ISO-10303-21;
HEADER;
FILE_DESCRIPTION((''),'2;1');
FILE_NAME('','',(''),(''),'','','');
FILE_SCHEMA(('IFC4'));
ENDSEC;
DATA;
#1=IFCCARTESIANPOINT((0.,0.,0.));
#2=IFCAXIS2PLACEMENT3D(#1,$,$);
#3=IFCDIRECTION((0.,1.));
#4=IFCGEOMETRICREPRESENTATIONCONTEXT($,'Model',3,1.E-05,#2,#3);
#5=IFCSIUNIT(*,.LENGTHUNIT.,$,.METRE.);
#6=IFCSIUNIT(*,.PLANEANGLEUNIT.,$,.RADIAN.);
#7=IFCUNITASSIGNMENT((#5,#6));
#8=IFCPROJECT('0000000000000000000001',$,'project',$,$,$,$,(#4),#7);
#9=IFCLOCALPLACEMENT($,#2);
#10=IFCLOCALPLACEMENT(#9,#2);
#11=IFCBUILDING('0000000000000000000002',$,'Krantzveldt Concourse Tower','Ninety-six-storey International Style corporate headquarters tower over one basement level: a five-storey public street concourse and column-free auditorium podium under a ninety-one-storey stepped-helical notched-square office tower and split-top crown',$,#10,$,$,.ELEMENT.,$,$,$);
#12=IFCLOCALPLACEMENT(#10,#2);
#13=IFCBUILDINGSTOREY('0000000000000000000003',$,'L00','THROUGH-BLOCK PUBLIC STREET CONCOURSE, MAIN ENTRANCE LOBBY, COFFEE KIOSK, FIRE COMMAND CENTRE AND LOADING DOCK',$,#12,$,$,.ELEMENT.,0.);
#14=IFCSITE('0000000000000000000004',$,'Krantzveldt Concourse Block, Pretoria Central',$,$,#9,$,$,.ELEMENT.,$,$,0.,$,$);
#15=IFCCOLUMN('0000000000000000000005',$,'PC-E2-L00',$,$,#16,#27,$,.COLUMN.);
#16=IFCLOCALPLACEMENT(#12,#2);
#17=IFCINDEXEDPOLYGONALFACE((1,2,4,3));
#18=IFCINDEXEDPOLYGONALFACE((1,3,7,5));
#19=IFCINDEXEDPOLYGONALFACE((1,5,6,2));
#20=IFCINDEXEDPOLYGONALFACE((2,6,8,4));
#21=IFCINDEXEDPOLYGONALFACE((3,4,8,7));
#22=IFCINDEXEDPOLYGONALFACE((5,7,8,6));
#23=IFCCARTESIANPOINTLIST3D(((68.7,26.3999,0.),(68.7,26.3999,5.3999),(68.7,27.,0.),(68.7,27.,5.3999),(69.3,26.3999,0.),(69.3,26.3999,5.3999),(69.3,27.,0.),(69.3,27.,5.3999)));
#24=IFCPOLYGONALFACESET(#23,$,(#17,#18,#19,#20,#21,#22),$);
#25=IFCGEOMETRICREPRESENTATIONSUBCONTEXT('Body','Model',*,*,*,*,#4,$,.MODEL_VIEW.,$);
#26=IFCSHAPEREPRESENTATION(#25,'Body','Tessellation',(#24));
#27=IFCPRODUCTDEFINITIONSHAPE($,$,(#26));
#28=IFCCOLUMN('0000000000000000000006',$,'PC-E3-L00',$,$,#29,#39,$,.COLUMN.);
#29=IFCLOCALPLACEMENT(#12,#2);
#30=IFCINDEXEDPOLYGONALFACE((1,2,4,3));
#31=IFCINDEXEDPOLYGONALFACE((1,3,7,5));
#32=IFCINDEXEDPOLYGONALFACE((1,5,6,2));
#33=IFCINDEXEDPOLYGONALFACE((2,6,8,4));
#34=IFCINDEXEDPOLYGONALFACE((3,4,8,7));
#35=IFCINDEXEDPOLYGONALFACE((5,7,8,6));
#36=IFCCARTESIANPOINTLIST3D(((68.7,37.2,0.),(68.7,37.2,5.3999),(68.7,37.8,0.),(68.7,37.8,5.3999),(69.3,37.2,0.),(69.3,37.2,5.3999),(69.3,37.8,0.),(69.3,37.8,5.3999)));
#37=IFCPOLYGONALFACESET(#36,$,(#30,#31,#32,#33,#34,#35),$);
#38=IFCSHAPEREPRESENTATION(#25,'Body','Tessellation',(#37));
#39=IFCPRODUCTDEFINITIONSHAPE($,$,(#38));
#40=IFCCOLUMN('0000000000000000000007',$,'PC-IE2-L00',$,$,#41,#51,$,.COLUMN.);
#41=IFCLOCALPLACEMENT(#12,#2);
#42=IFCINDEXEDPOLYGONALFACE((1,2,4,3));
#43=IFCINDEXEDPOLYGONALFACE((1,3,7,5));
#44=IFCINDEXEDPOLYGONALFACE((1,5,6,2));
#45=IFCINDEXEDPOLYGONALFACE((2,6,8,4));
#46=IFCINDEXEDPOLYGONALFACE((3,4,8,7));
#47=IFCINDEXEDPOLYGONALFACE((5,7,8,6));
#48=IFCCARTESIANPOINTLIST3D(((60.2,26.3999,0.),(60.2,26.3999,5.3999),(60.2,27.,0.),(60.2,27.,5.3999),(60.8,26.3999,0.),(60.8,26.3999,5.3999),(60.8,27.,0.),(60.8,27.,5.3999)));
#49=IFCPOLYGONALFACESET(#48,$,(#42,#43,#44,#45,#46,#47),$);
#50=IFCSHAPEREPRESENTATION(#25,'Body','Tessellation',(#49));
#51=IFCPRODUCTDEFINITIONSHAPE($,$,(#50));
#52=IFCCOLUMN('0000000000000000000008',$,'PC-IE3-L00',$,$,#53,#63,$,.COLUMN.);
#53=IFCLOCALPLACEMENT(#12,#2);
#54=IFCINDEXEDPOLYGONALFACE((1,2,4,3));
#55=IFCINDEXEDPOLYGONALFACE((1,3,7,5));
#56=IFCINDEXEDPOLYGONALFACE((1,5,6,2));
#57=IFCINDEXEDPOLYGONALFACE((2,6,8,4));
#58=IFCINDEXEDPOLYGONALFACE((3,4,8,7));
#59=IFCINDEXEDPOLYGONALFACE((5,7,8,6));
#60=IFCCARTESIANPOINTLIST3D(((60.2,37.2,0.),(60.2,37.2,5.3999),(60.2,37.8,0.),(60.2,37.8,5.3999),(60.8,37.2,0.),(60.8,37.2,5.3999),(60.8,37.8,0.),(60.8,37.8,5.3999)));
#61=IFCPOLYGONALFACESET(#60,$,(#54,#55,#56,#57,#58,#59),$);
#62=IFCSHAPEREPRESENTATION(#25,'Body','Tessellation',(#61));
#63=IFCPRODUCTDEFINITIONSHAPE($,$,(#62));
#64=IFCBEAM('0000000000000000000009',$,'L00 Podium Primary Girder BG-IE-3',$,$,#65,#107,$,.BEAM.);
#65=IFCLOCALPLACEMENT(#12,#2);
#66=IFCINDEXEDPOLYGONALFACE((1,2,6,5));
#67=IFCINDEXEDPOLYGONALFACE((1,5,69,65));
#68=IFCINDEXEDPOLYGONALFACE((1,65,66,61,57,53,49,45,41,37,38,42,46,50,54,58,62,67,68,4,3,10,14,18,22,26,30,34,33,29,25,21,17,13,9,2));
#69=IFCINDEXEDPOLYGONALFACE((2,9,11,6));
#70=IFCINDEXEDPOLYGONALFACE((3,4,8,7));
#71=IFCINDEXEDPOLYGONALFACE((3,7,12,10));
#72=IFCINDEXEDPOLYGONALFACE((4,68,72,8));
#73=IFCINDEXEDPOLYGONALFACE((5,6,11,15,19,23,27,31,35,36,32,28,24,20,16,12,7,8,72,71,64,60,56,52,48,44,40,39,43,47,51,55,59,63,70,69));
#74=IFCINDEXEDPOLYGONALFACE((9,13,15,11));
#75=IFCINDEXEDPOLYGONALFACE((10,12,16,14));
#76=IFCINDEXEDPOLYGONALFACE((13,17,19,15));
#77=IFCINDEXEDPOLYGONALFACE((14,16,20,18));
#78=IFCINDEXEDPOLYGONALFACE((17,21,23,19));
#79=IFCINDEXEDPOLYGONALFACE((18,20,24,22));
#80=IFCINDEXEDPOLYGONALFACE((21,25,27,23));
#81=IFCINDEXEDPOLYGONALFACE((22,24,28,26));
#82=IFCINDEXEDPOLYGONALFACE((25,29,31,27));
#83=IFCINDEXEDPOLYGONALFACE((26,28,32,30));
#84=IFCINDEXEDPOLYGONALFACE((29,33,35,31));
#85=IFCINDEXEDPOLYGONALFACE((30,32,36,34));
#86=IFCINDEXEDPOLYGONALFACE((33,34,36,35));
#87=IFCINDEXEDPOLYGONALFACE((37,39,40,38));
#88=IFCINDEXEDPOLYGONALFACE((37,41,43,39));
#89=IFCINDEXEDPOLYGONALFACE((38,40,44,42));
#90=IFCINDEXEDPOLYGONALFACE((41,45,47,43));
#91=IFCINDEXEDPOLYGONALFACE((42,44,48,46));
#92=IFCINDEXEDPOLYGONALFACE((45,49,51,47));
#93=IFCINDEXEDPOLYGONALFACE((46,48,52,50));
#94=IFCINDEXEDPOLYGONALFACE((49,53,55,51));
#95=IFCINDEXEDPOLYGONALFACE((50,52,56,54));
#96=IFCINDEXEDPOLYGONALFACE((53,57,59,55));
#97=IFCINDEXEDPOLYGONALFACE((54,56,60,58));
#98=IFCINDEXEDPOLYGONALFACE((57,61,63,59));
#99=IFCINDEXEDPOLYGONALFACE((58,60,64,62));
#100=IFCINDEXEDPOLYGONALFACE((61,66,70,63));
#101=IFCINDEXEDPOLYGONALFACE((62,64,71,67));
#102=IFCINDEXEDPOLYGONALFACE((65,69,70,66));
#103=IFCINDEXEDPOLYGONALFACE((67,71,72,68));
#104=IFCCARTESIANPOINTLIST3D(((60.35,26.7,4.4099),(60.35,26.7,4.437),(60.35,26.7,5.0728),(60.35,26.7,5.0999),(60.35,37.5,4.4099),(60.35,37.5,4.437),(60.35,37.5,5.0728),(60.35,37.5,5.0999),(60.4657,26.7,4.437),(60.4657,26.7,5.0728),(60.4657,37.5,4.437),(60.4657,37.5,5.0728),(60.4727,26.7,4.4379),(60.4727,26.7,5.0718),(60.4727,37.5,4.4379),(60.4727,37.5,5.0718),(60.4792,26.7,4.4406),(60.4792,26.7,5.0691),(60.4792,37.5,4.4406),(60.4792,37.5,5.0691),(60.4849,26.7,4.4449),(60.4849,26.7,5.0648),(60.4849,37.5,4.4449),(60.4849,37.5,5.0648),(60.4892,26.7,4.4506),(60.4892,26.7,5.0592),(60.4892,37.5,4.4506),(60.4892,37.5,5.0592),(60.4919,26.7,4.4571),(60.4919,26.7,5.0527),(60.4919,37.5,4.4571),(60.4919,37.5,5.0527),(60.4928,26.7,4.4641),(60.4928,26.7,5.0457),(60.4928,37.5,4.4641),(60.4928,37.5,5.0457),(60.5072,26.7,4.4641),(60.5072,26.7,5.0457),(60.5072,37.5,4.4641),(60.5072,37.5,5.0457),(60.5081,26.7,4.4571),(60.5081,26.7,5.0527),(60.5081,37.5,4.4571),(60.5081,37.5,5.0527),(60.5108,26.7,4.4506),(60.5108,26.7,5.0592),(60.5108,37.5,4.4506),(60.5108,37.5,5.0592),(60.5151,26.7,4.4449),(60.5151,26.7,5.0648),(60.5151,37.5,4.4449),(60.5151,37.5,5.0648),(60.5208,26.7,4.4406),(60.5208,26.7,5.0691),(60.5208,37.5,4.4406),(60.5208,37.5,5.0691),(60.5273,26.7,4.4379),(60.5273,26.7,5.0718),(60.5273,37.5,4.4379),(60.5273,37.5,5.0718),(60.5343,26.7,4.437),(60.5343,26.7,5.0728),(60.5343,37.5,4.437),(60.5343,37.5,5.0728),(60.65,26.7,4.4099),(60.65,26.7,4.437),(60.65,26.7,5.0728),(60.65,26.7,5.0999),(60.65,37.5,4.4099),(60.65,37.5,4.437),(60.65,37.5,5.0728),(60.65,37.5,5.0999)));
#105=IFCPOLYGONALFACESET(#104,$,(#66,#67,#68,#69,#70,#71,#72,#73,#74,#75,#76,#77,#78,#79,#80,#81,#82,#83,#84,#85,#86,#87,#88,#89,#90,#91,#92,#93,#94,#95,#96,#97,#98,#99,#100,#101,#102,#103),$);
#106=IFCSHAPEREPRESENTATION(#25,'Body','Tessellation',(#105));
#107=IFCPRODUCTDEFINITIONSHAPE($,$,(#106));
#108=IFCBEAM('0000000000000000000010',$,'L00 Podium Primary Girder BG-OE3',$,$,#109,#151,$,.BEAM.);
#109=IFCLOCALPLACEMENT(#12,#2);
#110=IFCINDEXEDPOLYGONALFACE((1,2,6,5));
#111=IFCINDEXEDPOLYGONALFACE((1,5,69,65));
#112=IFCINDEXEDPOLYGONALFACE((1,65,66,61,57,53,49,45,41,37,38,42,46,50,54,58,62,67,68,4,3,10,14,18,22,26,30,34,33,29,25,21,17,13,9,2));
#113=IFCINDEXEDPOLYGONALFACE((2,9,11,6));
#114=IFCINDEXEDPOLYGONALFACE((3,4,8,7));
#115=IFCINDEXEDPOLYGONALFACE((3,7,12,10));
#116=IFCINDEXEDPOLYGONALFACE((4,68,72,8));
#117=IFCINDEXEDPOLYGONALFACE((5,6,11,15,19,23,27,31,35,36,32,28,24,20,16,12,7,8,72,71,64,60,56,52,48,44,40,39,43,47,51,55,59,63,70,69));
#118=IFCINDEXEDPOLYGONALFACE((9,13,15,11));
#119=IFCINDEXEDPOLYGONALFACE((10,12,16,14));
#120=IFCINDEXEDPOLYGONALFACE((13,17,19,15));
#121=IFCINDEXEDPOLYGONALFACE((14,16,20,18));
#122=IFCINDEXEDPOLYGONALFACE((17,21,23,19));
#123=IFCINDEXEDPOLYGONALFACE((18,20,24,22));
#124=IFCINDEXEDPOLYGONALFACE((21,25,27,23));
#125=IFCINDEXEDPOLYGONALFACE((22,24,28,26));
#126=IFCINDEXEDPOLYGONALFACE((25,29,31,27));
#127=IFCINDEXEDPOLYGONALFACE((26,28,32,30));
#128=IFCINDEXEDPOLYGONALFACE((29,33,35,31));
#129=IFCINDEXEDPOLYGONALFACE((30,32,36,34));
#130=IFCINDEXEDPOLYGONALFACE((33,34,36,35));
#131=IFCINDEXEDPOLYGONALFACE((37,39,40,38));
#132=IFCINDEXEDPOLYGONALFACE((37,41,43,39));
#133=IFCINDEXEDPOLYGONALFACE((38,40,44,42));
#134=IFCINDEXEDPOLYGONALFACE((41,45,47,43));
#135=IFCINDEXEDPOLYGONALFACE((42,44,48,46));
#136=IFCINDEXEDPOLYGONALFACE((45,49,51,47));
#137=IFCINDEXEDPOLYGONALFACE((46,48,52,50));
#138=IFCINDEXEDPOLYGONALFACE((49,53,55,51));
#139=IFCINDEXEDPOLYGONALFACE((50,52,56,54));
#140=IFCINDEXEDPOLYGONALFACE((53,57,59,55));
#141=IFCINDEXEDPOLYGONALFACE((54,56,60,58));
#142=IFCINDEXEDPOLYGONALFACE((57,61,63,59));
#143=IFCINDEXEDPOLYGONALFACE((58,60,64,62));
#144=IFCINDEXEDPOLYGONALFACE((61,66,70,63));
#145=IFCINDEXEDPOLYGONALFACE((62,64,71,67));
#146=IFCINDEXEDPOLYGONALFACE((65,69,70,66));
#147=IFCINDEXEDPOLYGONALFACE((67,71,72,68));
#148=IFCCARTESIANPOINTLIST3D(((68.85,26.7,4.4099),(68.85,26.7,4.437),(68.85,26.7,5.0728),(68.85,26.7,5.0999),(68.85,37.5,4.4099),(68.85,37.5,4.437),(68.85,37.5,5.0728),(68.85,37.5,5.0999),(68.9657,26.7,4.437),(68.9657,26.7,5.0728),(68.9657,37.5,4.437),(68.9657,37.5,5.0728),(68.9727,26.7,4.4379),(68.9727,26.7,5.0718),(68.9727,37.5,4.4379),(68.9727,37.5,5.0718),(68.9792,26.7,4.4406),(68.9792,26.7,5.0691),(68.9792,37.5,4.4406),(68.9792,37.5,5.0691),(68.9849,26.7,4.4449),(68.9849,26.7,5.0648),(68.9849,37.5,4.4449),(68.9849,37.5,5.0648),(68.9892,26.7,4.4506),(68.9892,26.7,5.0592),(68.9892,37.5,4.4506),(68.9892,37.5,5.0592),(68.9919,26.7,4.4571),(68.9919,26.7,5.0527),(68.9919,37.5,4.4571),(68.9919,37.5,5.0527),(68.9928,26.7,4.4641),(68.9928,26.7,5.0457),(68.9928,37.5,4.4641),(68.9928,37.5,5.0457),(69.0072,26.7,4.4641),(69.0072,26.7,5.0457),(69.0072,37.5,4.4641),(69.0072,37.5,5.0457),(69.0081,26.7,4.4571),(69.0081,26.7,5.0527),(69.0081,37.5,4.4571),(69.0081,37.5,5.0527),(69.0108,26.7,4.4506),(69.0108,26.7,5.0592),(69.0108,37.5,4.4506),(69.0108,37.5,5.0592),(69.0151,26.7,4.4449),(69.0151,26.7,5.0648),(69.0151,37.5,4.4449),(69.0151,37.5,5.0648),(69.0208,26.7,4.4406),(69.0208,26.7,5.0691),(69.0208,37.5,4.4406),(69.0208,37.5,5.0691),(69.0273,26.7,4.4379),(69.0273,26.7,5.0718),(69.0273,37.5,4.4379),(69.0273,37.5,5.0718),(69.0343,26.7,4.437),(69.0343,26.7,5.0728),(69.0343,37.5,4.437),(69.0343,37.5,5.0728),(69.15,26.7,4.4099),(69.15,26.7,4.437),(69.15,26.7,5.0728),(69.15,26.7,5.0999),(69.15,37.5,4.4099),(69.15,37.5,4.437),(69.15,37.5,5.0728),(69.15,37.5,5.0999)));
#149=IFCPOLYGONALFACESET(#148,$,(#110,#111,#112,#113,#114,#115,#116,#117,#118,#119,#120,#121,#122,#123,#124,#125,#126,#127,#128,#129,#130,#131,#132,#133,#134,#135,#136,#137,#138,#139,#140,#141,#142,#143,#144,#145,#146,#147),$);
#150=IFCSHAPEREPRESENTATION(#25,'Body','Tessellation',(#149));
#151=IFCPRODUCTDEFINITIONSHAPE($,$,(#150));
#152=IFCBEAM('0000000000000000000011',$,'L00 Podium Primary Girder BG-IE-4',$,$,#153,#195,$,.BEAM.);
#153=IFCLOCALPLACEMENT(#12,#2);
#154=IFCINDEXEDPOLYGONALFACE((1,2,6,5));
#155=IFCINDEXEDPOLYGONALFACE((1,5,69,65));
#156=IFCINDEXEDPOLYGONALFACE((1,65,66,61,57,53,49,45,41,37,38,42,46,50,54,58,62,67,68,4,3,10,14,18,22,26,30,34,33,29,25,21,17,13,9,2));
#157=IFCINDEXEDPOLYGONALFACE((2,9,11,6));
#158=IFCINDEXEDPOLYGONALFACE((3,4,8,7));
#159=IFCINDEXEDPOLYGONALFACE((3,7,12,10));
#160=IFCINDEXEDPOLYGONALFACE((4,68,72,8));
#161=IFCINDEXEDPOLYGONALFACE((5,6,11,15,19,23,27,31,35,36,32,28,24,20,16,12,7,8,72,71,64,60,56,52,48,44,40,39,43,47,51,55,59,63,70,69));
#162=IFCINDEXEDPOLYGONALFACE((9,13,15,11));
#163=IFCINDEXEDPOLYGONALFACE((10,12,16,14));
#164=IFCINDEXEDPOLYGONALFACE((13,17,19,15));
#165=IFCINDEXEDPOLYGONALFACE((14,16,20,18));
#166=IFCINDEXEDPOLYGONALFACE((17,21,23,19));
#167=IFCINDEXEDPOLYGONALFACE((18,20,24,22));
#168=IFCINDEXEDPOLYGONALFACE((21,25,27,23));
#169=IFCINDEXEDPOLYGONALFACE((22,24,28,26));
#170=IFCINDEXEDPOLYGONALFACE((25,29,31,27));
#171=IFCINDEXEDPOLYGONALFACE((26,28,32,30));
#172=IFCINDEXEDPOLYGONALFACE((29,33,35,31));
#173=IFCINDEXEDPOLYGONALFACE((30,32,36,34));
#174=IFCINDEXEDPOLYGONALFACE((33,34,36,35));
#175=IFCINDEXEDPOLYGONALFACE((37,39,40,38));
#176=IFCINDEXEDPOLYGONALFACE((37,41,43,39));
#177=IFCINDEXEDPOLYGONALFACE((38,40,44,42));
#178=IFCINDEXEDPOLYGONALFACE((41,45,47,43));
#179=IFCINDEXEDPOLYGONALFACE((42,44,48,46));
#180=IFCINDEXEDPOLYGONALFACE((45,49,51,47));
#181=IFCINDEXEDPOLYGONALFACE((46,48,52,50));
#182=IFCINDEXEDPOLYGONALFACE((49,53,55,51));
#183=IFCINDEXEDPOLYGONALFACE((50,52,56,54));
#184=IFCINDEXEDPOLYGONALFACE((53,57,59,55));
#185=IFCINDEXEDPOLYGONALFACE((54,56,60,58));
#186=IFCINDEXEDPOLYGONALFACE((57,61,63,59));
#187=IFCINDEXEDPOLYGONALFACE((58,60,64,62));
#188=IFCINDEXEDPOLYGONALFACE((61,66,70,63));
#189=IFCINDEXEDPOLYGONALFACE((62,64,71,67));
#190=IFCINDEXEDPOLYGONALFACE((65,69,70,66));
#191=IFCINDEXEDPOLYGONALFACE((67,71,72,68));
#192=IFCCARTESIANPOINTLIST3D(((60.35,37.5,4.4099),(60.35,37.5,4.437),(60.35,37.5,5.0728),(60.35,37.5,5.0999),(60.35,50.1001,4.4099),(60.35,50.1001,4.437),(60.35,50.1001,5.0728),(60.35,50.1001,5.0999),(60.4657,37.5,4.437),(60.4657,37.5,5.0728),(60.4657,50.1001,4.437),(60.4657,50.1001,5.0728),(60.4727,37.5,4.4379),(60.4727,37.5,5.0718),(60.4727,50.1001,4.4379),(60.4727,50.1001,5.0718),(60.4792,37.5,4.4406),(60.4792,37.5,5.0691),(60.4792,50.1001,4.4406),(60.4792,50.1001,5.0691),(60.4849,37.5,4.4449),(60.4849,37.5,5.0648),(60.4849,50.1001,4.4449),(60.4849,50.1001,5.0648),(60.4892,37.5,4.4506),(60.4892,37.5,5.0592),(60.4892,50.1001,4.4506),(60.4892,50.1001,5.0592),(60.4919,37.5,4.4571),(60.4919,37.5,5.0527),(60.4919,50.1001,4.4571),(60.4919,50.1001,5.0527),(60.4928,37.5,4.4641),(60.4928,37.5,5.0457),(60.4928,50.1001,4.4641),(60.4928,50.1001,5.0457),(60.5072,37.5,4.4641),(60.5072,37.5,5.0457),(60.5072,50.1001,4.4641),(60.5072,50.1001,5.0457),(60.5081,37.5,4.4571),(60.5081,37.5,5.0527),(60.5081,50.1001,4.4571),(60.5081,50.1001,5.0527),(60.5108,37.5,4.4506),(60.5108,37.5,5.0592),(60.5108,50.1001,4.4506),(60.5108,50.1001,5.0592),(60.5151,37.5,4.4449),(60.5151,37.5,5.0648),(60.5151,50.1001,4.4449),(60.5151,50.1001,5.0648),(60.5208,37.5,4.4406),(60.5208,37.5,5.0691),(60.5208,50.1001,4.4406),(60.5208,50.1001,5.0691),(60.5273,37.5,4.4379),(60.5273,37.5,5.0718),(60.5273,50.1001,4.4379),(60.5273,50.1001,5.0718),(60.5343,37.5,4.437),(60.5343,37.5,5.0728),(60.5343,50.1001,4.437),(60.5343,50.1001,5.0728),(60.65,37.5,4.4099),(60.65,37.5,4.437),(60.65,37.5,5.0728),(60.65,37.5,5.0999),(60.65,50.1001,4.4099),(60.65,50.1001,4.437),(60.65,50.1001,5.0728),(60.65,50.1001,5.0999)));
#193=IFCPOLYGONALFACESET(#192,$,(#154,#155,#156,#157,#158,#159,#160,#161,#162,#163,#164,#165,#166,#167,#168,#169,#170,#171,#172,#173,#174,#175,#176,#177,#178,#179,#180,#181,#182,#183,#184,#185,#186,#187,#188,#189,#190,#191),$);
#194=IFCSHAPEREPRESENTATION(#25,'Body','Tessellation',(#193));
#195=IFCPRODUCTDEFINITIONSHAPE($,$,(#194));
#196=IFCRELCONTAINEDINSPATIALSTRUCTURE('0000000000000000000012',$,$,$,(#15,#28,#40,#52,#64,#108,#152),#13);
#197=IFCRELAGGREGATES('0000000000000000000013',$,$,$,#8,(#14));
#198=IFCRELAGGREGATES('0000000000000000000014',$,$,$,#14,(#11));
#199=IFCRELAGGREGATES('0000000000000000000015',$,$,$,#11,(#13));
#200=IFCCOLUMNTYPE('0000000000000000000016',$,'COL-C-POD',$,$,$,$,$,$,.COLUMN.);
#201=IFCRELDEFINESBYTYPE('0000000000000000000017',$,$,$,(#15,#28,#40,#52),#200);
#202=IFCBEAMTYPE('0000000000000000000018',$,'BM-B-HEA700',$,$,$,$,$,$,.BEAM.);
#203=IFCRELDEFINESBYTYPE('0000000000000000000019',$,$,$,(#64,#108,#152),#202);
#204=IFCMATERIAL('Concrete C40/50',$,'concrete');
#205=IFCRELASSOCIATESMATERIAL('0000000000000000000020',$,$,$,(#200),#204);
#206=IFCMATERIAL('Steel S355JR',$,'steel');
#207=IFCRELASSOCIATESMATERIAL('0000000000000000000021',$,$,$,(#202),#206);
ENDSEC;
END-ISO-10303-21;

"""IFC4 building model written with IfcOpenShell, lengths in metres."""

from ifc_helpers import new_model, si_unit, direction, frame, origin, origin_2d, place, context, subcontext, project, spatial, rectangle, i_section, extrude, source, transform, mapped, material, material_profile, profile_set, type_object, type_shapes, element, save


model = new_model("IFC4")

# Units and contexts
model_context = context("Model", 3, precision=1e-05, world=origin(), true_north=direction((0.0, 1.0)))
body_context = subcontext(model_context, "Body", "Model", "MODEL_VIEW")
ifc_project = project(units=[si_unit("LENGTHUNIT", "METRE"), si_unit("PLANEANGLEUNIT", "RADIAN")], contexts=[model_context])

# Site, building, storey
site_placement = place(None, origin())
site = spatial("IfcSite", under=ifc_project, at=site_placement, Name="Krantzveldt Concourse Block, Pretoria Central", CompositionType="ELEMENT", RefElevation=0.0)
building_placement = place(site_placement, origin())
building = spatial("IfcBuilding", under=site, at=building_placement, Name="Krantzveldt Concourse Tower", Description="Ninety-six-storey International Style corporate headquarters tower over one basement level: a five-storey public street concourse and column-free auditorium podium under a ninety-one-storey stepped-helical notched-square office tower and split-top crown", CompositionType="ELEMENT")
storey_placement = place(building_placement, origin())
storey = spatial("IfcBuildingStorey", under=building, at=storey_placement, Name="L00", Description="THROUGH-BLOCK PUBLIC STREET CONCOURSE, MAIN ENTRANCE LOBBY, COFFEE KIOSK, FIRE COMMAND CENTRE AND LOADING DOCK", CompositionType="ELEMENT", Elevation=0.0)

# Columns
ifc_material_1 = material(Name="Concrete C40/50", Category="concrete")
ifc_material_profile_1 = material_profile(ifc_material_1, rectangle(XDim=0.6001, YDim=0.6001, at=origin_2d()), Name="Concrete C40/50", Category="concrete")
ifc_profile_set_1 = profile_set([ifc_material_profile_1], Name="Concrete C40/50 - RC 600x600")
column_type = type_object("IfcColumnType", Name="COL-C-POD", PredefinedType="COLUMN", material=ifc_profile_set_1)
shared_shape_1 = source(origin(), body_context, "Body", "SweptSolid", [
    extrude(rectangle(XDim=0.6001, YDim=0.6001, at=origin_2d()), origin(), (0.0, 0.0, 1.0), 5.3999),
])
type_shapes(column_type, [shared_shape_1])
for number, where, z_axis, x_axis, name in (
    (1, (69.0, 26.7, 0.0), (0.0, 0.0, 1.0), (1.0, 0.0, 0.0), "PC-E2-L00"),
    (2, (69.0, 37.5, 0.0), (0.0, 0.0, 1.0), (1.0, 0.0, 0.0), "PC-E3-L00"),
    (3, (60.5, 26.7, 0.0), (0.0, 0.0, 1.0), (1.0, 0.0, 0.0), "PC-IE2-L00"),
    (4, (60.5, 37.5, 0.0), (0.0, 0.0, 1.0), (1.0, 0.0, 0.0), "PC-IE3-L00"),
):
    element("IfcColumn", number, at=place(storey_placement, frame(where, z_axis=z_axis, x_axis=x_axis)), inside=storey, type_object=column_type, Name=name, PredefinedType="COLUMN", context=body_context, shape_type="MappedRepresentation", body=[
        mapped(shared_shape_1, transform((0.0, 0.0, 0.0), x_axis=(1.0, 0.0, 0.0), y_axis=(0.0, 1.0, 0.0), z_axis=(0.0, 0.0, 1.0), scale=1.0)),
    ])

# Beams
ifc_material_2 = material(Name="Steel S355JR", Category="steel")
ifc_material_profile_2 = material_profile(ifc_material_2, i_section(OverallWidth=0.3, OverallDepth=0.6899, WebThickness=0.0144, FlangeThickness=0.0271, FilletRadius=0.0271, at=origin_2d()), Name="Steel S355JR", Category="steel")
ifc_profile_set_2 = profile_set([ifc_material_profile_2], Name="Steel S355JR - HEA 700")
beam_type_1 = type_object("IfcBeamType", Name="BM-B-HEA700", PredefinedType="BEAM", material=ifc_profile_set_2)
shared_shape_2 = source(origin(), body_context, "Body", "SweptSolid", [
    extrude(i_section(OverallWidth=0.3, OverallDepth=0.6899, WebThickness=0.0144, FlangeThickness=0.0271, FilletRadius=0.0271, at=origin_2d()), origin(), (0.0, 0.0, 1.0), 10.8),
])
for number, where, z_axis, x_axis, name in (
    (5, (60.5, 26.7, 4.7549), (0.0, 1.0, 0.0), (-1.0, 0.0, 0.0), "L00 Podium Primary Girder BG-IE-3"),
    (6, (69.0, 26.7, 4.7549), (0.0, 1.0, 0.0), (-1.0, 0.0, 0.0), "L00 Podium Primary Girder BG-OE3"),
):
    element("IfcBeam", number, at=place(storey_placement, frame(where, z_axis=z_axis, x_axis=x_axis)), inside=storey, type_object=beam_type_1, Name=name, PredefinedType="BEAM", context=body_context, shape_type="MappedRepresentation", body=[
        mapped(shared_shape_2, transform((0.0, 0.0, 0.0), x_axis=(1.0, 0.0, 0.0), y_axis=(0.0, 1.0, 0.0), z_axis=(0.0, 0.0, 1.0), scale=1.0)),
    ])
shared_shape_3 = source(origin(), body_context, "Body", "SweptSolid", [
    extrude(i_section(OverallWidth=0.3, OverallDepth=0.6899, WebThickness=0.0144, FlangeThickness=0.0271, FilletRadius=0.0271, at=origin_2d()), origin(), (0.0, 0.0, 1.0), 12.6001),
])
type_shapes(beam_type_1, [shared_shape_2, shared_shape_3])
for number, where, z_axis, x_axis, name in (
    (7, (60.5, 37.5, 4.7549), (0.0, 1.0, 0.0), (-1.0, 0.0, 0.0), "L00 Podium Primary Girder BG-IE-4"),
):
    element("IfcBeam", number, at=place(storey_placement, frame(where, z_axis=z_axis, x_axis=x_axis)), inside=storey, type_object=beam_type_1, Name=name, PredefinedType="BEAM", context=body_context, shape_type="MappedRepresentation", body=[
        mapped(shared_shape_3, transform((0.0, 0.0, 0.0), x_axis=(1.0, 0.0, 0.0), y_axis=(0.0, 1.0, 0.0), z_axis=(0.0, 0.0, 1.0), scale=1.0)),
    ])

save(model, "model.ifc")
